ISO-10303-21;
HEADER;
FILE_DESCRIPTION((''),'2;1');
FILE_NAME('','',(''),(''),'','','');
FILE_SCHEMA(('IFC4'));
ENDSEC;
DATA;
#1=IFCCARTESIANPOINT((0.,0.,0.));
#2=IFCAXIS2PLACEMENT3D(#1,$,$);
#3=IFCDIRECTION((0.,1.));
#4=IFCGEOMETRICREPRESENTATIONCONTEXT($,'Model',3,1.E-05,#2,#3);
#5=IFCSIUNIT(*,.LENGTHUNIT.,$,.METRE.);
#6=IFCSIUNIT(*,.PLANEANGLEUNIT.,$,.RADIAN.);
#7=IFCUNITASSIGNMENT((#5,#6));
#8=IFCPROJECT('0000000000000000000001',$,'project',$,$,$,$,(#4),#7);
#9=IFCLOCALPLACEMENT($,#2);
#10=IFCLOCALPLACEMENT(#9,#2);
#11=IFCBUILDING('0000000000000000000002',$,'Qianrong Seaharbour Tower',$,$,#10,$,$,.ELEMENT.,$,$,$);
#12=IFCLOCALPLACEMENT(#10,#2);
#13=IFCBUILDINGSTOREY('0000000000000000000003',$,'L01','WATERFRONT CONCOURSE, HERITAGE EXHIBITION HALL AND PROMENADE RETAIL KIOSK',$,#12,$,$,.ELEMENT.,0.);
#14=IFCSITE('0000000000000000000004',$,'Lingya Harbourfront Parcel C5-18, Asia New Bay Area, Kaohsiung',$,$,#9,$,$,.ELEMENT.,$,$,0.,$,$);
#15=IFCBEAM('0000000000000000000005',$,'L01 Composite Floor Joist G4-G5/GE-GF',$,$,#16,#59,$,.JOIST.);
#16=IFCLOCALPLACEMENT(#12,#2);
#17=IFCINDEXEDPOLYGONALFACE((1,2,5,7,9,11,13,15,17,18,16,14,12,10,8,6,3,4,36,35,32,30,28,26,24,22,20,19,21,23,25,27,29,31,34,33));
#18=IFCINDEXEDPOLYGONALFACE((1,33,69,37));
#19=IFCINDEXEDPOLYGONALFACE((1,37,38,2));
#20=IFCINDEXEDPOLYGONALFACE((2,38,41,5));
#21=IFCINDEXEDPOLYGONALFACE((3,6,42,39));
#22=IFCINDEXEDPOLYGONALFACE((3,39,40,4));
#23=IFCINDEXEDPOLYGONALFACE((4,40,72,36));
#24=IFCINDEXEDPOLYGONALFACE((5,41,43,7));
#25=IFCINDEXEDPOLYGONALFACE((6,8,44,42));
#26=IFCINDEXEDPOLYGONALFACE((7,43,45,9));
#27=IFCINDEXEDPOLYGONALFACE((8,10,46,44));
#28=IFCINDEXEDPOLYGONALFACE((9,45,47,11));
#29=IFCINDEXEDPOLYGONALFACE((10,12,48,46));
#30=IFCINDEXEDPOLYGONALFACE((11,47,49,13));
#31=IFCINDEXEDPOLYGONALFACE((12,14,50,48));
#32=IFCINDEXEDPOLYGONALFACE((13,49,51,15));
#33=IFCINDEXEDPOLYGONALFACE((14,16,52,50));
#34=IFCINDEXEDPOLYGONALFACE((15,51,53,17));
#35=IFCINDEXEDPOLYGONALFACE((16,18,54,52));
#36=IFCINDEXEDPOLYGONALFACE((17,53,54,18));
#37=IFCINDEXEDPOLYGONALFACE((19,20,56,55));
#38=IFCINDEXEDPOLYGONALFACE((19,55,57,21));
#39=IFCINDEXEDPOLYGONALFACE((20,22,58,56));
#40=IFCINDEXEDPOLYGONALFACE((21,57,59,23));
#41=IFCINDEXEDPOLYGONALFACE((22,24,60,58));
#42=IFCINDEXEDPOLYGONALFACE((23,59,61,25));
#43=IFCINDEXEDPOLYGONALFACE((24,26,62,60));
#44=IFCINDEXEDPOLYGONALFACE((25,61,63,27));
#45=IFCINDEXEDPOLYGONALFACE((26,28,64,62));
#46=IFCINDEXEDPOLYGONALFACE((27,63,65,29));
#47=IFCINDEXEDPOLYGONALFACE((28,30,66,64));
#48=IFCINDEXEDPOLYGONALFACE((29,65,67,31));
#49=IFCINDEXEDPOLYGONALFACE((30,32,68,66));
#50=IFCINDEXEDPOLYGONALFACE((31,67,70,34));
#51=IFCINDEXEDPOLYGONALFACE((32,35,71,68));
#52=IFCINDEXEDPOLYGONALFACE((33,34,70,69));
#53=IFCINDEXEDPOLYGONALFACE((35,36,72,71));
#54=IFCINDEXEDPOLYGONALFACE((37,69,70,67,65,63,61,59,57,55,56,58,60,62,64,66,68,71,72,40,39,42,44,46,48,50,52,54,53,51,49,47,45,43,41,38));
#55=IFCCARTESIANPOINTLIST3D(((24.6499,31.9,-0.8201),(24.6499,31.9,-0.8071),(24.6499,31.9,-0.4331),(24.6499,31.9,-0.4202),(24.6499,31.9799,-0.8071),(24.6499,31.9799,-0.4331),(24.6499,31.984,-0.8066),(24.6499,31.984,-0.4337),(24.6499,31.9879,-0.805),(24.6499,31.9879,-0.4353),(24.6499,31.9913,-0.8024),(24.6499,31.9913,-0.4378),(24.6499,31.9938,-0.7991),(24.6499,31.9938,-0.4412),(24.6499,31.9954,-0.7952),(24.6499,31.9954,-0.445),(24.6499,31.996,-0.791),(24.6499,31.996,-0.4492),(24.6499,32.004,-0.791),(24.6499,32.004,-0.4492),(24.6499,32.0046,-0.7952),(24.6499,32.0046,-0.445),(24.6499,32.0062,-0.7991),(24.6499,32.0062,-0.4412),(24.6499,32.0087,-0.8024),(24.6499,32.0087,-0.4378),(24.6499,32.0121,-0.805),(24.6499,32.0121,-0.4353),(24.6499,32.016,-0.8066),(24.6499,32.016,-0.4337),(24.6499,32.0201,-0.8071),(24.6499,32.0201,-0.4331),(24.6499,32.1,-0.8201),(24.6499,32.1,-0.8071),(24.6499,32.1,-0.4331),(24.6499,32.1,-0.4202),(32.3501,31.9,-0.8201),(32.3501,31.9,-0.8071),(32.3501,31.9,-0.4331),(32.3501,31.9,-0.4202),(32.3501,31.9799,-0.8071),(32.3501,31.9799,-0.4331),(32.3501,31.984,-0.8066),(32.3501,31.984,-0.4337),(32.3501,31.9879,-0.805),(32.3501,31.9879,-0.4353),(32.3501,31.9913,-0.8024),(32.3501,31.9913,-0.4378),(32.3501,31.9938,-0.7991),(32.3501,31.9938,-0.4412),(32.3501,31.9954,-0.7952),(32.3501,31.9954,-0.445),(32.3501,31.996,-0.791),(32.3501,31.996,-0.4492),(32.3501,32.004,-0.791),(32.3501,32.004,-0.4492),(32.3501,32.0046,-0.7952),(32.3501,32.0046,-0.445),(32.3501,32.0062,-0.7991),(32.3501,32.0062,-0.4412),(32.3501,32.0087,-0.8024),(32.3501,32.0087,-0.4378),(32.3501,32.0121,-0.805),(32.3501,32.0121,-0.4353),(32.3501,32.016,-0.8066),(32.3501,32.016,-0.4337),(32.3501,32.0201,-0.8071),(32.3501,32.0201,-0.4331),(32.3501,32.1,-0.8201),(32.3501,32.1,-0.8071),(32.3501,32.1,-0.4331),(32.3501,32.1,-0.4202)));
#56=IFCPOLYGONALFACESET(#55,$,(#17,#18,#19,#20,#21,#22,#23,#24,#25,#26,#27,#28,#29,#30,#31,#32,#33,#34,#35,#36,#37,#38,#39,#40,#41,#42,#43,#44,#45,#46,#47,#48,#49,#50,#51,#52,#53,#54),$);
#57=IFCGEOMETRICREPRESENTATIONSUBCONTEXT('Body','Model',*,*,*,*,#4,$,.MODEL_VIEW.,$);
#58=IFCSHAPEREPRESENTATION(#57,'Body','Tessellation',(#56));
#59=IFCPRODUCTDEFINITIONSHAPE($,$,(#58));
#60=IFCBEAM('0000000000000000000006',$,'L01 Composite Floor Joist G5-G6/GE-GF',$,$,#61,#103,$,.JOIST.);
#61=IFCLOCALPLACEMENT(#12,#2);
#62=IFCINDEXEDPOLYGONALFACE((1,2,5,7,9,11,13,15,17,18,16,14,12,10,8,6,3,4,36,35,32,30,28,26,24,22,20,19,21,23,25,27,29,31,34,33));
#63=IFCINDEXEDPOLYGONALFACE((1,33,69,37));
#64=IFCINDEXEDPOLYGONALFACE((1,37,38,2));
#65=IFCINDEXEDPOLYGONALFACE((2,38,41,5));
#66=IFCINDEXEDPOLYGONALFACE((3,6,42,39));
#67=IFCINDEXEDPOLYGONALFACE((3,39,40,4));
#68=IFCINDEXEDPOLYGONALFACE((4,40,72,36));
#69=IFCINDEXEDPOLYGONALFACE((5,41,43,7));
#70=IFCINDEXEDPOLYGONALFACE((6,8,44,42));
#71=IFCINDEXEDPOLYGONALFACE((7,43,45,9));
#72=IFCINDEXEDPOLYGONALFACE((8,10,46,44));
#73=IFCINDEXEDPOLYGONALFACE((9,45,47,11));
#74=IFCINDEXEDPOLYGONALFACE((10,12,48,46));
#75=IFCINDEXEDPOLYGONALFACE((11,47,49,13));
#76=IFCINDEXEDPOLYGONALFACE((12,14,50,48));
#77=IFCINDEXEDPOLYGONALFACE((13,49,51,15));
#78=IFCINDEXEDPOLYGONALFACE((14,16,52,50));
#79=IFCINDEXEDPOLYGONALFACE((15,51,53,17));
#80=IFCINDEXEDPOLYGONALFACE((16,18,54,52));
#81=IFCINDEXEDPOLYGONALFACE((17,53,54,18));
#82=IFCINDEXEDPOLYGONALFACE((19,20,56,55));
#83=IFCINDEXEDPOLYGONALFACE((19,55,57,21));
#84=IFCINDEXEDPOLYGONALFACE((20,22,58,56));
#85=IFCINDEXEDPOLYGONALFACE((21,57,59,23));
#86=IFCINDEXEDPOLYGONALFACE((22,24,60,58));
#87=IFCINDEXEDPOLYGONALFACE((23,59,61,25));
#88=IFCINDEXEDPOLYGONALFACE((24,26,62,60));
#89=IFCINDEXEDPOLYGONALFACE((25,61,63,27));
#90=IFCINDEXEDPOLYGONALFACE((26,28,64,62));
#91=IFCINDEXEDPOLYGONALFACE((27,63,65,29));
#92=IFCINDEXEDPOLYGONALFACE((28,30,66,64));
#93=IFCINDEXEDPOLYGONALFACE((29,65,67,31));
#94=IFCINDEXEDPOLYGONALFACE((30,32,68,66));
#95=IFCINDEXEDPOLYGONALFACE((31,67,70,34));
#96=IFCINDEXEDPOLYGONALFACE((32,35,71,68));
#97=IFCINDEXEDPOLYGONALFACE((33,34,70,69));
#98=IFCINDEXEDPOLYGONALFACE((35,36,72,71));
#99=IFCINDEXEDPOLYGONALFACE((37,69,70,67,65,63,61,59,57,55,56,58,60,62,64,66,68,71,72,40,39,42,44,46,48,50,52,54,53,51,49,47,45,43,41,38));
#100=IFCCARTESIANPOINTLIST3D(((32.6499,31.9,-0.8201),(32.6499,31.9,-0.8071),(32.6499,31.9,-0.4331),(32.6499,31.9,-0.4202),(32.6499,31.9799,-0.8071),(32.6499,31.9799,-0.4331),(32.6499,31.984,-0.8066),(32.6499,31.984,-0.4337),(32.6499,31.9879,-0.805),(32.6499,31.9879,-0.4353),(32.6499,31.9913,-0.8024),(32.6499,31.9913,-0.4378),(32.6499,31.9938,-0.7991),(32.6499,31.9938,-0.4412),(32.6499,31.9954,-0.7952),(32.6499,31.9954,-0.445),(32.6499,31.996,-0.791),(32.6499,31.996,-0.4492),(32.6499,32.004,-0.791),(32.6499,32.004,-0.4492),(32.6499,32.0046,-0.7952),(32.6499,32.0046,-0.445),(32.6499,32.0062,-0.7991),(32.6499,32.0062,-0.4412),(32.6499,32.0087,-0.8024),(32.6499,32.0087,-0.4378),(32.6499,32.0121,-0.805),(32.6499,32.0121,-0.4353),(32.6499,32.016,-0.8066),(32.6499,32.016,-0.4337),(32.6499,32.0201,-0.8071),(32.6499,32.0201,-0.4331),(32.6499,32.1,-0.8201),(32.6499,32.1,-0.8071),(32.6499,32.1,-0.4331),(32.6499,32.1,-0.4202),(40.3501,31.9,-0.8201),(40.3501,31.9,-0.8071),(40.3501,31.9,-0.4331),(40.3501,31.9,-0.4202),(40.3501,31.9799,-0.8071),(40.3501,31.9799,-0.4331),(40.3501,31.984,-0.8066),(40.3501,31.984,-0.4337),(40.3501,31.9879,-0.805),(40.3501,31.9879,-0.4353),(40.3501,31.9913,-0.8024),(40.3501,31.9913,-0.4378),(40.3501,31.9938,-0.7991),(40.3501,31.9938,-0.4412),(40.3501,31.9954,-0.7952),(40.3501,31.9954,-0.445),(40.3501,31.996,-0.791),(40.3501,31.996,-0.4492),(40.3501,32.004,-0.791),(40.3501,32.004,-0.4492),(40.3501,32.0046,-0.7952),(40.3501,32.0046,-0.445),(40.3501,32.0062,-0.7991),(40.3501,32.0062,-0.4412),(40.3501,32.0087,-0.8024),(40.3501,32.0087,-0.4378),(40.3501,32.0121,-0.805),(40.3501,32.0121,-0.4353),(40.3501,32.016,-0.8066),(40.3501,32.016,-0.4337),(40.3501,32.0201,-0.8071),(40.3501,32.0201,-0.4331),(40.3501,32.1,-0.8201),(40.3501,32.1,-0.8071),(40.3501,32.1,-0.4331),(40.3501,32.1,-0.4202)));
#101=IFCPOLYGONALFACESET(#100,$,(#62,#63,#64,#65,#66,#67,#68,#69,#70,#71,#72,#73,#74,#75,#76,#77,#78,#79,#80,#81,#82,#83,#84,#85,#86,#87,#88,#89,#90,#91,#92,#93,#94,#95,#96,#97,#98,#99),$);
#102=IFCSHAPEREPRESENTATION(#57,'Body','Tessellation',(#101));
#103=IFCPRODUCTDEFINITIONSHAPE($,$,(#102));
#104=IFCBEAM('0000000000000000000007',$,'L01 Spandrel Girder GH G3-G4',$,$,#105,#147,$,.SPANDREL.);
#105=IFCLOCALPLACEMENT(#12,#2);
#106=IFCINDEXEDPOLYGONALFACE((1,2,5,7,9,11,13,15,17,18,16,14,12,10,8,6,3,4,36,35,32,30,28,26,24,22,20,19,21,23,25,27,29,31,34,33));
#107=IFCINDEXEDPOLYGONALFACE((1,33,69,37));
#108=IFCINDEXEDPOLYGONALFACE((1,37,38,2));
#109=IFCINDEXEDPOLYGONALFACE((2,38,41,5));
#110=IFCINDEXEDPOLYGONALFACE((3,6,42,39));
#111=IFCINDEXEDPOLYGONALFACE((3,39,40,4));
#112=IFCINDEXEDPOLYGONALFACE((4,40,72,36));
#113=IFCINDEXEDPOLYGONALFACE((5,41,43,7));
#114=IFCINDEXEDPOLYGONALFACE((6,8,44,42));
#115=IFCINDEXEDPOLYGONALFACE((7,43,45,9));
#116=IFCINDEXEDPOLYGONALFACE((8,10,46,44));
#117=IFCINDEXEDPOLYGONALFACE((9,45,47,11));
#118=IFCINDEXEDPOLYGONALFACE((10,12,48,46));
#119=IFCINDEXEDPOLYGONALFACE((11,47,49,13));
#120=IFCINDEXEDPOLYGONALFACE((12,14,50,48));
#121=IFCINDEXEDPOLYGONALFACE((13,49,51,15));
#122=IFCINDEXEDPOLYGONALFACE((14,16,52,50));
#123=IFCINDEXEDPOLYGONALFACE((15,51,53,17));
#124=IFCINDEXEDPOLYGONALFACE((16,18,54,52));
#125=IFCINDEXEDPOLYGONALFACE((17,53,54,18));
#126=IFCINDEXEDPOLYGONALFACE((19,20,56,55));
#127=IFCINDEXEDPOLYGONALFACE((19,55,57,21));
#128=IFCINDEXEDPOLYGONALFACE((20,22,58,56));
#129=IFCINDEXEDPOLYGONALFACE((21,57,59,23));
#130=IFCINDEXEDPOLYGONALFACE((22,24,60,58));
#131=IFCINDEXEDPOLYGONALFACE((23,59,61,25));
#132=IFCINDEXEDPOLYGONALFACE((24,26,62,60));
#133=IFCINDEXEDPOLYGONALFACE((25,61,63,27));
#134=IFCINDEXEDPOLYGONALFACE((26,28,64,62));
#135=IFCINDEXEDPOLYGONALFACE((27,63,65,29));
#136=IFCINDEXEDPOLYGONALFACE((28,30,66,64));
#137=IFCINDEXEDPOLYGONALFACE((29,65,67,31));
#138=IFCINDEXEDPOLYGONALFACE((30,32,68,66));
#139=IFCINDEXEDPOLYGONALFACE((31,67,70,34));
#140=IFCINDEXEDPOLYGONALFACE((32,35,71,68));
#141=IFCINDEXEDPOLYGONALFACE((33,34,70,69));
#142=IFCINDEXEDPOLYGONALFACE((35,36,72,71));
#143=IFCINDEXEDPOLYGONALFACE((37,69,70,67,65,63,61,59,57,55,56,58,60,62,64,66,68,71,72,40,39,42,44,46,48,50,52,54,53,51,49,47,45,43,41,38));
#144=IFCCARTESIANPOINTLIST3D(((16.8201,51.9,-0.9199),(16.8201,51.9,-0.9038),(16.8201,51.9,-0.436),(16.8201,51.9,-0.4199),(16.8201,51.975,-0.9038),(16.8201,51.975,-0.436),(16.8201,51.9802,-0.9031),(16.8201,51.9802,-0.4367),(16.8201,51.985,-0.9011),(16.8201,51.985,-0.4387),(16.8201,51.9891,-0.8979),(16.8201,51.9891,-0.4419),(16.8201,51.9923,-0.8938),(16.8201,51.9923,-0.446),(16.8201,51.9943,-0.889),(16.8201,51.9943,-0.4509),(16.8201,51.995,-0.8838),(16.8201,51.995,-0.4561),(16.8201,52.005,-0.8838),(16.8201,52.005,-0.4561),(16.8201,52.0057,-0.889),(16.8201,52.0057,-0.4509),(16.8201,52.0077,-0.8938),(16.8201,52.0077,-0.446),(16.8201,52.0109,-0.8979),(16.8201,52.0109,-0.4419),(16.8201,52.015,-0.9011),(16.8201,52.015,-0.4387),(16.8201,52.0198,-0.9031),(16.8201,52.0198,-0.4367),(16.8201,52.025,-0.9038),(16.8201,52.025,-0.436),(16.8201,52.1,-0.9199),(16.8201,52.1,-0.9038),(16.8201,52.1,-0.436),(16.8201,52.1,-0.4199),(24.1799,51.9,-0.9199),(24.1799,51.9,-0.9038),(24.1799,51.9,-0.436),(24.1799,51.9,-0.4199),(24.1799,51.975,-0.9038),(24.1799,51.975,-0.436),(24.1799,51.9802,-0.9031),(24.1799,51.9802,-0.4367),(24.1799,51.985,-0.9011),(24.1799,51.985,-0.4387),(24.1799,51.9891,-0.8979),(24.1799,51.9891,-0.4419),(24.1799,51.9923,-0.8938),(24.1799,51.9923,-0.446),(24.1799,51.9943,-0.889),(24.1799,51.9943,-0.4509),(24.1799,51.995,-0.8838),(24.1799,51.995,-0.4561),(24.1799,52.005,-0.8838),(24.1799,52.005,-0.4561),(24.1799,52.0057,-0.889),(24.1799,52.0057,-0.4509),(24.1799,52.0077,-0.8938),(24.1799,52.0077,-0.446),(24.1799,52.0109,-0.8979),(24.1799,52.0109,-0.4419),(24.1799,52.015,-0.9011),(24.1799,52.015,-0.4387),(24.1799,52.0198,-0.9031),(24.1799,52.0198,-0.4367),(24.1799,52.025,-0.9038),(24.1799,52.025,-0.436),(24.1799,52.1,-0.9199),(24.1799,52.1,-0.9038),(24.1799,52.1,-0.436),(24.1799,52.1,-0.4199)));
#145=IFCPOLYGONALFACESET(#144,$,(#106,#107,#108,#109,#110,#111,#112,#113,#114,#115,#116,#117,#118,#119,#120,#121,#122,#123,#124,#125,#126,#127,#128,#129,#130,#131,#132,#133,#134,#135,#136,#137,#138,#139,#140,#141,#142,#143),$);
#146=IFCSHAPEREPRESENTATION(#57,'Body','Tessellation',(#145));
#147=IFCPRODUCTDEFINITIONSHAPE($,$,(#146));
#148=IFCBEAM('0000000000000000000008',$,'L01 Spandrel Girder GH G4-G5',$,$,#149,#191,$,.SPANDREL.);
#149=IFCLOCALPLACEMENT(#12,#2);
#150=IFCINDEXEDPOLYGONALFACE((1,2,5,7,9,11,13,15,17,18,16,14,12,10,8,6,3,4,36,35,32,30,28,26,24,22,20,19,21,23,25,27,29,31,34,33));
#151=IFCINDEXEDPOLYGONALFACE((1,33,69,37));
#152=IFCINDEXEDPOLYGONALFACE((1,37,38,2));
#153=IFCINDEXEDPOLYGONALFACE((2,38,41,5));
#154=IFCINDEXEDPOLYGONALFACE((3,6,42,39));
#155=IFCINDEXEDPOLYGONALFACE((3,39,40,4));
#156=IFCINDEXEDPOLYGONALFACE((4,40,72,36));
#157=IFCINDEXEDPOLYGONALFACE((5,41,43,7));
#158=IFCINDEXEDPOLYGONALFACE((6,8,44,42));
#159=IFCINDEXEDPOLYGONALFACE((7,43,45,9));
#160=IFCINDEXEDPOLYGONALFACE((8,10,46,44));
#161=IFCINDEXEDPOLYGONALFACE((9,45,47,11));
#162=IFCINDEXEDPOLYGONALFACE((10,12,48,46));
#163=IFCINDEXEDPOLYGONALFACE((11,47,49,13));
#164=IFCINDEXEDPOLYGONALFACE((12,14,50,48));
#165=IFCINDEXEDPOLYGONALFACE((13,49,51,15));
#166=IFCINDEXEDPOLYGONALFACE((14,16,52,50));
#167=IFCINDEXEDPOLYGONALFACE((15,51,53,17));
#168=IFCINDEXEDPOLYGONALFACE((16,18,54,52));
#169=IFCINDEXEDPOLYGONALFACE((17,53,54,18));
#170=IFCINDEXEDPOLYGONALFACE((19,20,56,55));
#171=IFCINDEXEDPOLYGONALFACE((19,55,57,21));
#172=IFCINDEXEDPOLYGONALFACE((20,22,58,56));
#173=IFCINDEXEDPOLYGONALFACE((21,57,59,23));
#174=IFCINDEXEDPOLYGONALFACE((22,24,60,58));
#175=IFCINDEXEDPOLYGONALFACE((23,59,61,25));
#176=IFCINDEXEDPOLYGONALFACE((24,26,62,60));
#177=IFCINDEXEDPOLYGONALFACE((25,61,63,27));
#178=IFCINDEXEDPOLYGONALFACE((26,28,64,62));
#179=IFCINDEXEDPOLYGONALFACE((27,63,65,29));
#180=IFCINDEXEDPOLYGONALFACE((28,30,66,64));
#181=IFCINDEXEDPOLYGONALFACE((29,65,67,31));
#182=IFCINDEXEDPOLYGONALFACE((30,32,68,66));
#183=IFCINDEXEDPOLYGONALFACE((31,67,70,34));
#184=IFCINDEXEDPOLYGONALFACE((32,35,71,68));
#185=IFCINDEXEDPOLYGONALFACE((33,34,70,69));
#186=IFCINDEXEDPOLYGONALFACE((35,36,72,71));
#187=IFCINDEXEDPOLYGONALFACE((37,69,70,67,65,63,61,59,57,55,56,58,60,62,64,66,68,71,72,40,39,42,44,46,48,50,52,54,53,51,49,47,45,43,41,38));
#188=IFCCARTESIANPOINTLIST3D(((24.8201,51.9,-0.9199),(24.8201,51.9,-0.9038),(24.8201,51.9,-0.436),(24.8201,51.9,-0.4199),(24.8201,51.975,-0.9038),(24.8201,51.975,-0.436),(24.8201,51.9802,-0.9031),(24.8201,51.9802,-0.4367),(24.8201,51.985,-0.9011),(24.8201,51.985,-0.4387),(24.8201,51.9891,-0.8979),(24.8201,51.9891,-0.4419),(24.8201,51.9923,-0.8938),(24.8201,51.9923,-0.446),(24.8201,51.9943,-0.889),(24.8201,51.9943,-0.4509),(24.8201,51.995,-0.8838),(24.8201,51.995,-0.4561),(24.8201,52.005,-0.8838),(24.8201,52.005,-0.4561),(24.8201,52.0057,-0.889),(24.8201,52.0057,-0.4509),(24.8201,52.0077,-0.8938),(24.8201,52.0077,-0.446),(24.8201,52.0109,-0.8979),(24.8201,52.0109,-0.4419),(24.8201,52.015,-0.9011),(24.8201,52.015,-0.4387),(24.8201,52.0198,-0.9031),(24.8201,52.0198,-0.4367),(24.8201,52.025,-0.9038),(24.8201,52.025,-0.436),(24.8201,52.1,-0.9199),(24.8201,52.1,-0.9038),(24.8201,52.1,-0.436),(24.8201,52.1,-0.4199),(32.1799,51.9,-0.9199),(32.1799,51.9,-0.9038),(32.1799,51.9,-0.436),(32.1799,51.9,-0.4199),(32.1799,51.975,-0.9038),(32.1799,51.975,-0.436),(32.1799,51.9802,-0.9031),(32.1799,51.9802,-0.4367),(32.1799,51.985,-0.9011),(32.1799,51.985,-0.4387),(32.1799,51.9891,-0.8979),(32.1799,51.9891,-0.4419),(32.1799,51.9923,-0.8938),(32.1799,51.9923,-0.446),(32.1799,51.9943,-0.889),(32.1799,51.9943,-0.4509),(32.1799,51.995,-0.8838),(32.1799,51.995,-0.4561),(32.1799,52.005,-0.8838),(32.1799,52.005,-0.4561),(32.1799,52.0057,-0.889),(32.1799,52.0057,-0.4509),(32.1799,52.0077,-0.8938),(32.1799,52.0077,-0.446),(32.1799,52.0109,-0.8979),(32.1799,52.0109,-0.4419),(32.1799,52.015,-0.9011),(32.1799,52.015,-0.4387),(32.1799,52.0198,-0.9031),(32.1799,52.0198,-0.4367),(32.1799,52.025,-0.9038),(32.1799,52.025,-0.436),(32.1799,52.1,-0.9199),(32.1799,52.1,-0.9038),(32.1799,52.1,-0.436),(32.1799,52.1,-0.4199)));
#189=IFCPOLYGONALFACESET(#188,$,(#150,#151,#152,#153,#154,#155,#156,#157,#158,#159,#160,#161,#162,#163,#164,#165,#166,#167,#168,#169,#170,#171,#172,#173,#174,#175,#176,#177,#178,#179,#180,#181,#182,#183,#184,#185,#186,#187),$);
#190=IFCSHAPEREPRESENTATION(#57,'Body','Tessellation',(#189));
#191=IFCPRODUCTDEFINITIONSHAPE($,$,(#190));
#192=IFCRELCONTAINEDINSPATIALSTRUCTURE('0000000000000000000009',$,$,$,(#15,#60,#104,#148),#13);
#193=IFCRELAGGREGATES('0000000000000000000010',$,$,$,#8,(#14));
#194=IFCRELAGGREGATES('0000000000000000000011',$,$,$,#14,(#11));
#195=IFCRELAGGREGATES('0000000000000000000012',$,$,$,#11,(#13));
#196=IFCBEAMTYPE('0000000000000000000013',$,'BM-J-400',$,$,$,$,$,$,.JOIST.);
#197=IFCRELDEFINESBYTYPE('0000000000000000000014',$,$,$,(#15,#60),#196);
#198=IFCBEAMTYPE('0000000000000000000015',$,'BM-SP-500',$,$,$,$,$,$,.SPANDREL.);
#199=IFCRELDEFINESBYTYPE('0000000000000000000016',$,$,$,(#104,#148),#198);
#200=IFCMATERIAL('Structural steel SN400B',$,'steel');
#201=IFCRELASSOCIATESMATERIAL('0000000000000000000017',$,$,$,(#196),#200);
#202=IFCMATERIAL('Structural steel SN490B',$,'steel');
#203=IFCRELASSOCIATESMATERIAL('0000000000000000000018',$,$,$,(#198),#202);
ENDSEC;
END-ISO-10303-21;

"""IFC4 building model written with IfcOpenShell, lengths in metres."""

from ifc_helpers import new_model, si_unit, direction, frame, origin, origin_2d, place, context, subcontext, project, spatial, i_section, extrude, material, material_profile, profile_set, type_object, element, save


model = new_model("IFC4")

# Units and contexts
model_context = context("Model", 3, precision=1e-05, world=origin(), true_north=direction((0.0, 1.0)))
body_context = subcontext(model_context, "Body", "Model", "MODEL_VIEW")
ifc_project = project(units=[si_unit("LENGTHUNIT", "METRE"), si_unit("PLANEANGLEUNIT", "RADIAN")], contexts=[model_context])

# Site, building, storey
site_placement = place(None, origin())
site = spatial("IfcSite", under=ifc_project, at=site_placement, Name="Lingya Harbourfront Parcel C5-18, Asia New Bay Area, Kaohsiung", CompositionType="ELEMENT", RefElevation=0.0)
building_placement = place(site_placement, origin())
building = spatial("IfcBuilding", under=site, at=building_placement, Name="Qianrong Seaharbour Tower", CompositionType="ELEMENT")
storey_placement = place(building_placement, origin())
storey = spatial("IfcBuildingStorey", under=building, at=storey_placement, Name="L01", Description="WATERFRONT CONCOURSE, HERITAGE EXHIBITION HALL AND PROMENADE RETAIL KIOSK", CompositionType="ELEMENT", Elevation=0.0)

# Shared definitions
ifc_material_1 = material(Name="Structural steel SN490B", Category="steel")

# Beams
ifc_material_2 = material(Name="Structural steel SN400B", Category="steel")
ifc_material_profile_1 = material_profile(ifc_material_2, i_section(OverallWidth=0.2, OverallDepth=0.3999, WebThickness=0.0081, FlangeThickness=0.0129, FilletRadius=0.0161, at=origin_2d()), Name="H400x200x8x13")
ifc_profile_set_1 = profile_set([ifc_material_profile_1], Name="Structural steel SN400B")
beam_type_1 = type_object("IfcBeamType", Name="BM-J-400", PredefinedType="JOIST", material=ifc_profile_set_1)
for number, where, z_axis, x_axis, name in (
    (1, (24.6499, 32.0, -0.6201), (1.0, 0.0, 0.0), (0.0, 1.0, 0.0), "L01 Composite Floor Joist G4-G5/GE-GF"),
    (2, (32.6499, 32.0, -0.6201), (1.0, 0.0, 0.0), (0.0, 1.0, 0.0), "L01 Composite Floor Joist G5-G6/GE-GF"),
):
    element("IfcBeam", number, at=place(storey_placement, frame(where, z_axis=z_axis, x_axis=x_axis)), inside=storey, type_object=beam_type_1, Name=name, PredefinedType="JOIST", context=body_context, shape_type="SweptSolid", body=[
        extrude(i_section(OverallWidth=0.2, OverallDepth=0.3999, WebThickness=0.0081, FlangeThickness=0.0129, FilletRadius=0.0161, at=origin_2d()), origin(), (0.0, 0.0, 1.0), 7.7002),
    ])
ifc_material_profile_2 = material_profile(ifc_material_1, i_section(OverallWidth=0.2, OverallDepth=0.5, WebThickness=0.01, FlangeThickness=0.0161, FilletRadius=0.02, at=origin_2d()), Name="H500x200x10x16")
ifc_profile_set_2 = profile_set([ifc_material_profile_2], Name="Structural steel SN490B")
beam_type_2 = type_object("IfcBeamType", Name="BM-SP-500", PredefinedType="SPANDREL", material=ifc_profile_set_2)
for number, where, z_axis, x_axis, name in (
    (3, (16.8201, 52.0, -0.6699), (1.0, 0.0, 0.0), (0.0, 1.0, 0.0), "L01 Spandrel Girder GH G3-G4"),
    (4, (24.8201, 52.0, -0.6699), (1.0, 0.0, 0.0), (0.0, 1.0, 0.0), "L01 Spandrel Girder GH G4-G5"),
):
    element("IfcBeam", number, at=place(storey_placement, frame(where, z_axis=z_axis, x_axis=x_axis)), inside=storey, type_object=beam_type_2, Name=name, PredefinedType="SPANDREL", context=body_context, shape_type="SweptSolid", body=[
        extrude(i_section(OverallWidth=0.2, OverallDepth=0.5, WebThickness=0.01, FlangeThickness=0.0161, FilletRadius=0.02, at=origin_2d()), origin(), (0.0, 0.0, 1.0), 7.3599),
    ])

save(model, "model.ifc")
